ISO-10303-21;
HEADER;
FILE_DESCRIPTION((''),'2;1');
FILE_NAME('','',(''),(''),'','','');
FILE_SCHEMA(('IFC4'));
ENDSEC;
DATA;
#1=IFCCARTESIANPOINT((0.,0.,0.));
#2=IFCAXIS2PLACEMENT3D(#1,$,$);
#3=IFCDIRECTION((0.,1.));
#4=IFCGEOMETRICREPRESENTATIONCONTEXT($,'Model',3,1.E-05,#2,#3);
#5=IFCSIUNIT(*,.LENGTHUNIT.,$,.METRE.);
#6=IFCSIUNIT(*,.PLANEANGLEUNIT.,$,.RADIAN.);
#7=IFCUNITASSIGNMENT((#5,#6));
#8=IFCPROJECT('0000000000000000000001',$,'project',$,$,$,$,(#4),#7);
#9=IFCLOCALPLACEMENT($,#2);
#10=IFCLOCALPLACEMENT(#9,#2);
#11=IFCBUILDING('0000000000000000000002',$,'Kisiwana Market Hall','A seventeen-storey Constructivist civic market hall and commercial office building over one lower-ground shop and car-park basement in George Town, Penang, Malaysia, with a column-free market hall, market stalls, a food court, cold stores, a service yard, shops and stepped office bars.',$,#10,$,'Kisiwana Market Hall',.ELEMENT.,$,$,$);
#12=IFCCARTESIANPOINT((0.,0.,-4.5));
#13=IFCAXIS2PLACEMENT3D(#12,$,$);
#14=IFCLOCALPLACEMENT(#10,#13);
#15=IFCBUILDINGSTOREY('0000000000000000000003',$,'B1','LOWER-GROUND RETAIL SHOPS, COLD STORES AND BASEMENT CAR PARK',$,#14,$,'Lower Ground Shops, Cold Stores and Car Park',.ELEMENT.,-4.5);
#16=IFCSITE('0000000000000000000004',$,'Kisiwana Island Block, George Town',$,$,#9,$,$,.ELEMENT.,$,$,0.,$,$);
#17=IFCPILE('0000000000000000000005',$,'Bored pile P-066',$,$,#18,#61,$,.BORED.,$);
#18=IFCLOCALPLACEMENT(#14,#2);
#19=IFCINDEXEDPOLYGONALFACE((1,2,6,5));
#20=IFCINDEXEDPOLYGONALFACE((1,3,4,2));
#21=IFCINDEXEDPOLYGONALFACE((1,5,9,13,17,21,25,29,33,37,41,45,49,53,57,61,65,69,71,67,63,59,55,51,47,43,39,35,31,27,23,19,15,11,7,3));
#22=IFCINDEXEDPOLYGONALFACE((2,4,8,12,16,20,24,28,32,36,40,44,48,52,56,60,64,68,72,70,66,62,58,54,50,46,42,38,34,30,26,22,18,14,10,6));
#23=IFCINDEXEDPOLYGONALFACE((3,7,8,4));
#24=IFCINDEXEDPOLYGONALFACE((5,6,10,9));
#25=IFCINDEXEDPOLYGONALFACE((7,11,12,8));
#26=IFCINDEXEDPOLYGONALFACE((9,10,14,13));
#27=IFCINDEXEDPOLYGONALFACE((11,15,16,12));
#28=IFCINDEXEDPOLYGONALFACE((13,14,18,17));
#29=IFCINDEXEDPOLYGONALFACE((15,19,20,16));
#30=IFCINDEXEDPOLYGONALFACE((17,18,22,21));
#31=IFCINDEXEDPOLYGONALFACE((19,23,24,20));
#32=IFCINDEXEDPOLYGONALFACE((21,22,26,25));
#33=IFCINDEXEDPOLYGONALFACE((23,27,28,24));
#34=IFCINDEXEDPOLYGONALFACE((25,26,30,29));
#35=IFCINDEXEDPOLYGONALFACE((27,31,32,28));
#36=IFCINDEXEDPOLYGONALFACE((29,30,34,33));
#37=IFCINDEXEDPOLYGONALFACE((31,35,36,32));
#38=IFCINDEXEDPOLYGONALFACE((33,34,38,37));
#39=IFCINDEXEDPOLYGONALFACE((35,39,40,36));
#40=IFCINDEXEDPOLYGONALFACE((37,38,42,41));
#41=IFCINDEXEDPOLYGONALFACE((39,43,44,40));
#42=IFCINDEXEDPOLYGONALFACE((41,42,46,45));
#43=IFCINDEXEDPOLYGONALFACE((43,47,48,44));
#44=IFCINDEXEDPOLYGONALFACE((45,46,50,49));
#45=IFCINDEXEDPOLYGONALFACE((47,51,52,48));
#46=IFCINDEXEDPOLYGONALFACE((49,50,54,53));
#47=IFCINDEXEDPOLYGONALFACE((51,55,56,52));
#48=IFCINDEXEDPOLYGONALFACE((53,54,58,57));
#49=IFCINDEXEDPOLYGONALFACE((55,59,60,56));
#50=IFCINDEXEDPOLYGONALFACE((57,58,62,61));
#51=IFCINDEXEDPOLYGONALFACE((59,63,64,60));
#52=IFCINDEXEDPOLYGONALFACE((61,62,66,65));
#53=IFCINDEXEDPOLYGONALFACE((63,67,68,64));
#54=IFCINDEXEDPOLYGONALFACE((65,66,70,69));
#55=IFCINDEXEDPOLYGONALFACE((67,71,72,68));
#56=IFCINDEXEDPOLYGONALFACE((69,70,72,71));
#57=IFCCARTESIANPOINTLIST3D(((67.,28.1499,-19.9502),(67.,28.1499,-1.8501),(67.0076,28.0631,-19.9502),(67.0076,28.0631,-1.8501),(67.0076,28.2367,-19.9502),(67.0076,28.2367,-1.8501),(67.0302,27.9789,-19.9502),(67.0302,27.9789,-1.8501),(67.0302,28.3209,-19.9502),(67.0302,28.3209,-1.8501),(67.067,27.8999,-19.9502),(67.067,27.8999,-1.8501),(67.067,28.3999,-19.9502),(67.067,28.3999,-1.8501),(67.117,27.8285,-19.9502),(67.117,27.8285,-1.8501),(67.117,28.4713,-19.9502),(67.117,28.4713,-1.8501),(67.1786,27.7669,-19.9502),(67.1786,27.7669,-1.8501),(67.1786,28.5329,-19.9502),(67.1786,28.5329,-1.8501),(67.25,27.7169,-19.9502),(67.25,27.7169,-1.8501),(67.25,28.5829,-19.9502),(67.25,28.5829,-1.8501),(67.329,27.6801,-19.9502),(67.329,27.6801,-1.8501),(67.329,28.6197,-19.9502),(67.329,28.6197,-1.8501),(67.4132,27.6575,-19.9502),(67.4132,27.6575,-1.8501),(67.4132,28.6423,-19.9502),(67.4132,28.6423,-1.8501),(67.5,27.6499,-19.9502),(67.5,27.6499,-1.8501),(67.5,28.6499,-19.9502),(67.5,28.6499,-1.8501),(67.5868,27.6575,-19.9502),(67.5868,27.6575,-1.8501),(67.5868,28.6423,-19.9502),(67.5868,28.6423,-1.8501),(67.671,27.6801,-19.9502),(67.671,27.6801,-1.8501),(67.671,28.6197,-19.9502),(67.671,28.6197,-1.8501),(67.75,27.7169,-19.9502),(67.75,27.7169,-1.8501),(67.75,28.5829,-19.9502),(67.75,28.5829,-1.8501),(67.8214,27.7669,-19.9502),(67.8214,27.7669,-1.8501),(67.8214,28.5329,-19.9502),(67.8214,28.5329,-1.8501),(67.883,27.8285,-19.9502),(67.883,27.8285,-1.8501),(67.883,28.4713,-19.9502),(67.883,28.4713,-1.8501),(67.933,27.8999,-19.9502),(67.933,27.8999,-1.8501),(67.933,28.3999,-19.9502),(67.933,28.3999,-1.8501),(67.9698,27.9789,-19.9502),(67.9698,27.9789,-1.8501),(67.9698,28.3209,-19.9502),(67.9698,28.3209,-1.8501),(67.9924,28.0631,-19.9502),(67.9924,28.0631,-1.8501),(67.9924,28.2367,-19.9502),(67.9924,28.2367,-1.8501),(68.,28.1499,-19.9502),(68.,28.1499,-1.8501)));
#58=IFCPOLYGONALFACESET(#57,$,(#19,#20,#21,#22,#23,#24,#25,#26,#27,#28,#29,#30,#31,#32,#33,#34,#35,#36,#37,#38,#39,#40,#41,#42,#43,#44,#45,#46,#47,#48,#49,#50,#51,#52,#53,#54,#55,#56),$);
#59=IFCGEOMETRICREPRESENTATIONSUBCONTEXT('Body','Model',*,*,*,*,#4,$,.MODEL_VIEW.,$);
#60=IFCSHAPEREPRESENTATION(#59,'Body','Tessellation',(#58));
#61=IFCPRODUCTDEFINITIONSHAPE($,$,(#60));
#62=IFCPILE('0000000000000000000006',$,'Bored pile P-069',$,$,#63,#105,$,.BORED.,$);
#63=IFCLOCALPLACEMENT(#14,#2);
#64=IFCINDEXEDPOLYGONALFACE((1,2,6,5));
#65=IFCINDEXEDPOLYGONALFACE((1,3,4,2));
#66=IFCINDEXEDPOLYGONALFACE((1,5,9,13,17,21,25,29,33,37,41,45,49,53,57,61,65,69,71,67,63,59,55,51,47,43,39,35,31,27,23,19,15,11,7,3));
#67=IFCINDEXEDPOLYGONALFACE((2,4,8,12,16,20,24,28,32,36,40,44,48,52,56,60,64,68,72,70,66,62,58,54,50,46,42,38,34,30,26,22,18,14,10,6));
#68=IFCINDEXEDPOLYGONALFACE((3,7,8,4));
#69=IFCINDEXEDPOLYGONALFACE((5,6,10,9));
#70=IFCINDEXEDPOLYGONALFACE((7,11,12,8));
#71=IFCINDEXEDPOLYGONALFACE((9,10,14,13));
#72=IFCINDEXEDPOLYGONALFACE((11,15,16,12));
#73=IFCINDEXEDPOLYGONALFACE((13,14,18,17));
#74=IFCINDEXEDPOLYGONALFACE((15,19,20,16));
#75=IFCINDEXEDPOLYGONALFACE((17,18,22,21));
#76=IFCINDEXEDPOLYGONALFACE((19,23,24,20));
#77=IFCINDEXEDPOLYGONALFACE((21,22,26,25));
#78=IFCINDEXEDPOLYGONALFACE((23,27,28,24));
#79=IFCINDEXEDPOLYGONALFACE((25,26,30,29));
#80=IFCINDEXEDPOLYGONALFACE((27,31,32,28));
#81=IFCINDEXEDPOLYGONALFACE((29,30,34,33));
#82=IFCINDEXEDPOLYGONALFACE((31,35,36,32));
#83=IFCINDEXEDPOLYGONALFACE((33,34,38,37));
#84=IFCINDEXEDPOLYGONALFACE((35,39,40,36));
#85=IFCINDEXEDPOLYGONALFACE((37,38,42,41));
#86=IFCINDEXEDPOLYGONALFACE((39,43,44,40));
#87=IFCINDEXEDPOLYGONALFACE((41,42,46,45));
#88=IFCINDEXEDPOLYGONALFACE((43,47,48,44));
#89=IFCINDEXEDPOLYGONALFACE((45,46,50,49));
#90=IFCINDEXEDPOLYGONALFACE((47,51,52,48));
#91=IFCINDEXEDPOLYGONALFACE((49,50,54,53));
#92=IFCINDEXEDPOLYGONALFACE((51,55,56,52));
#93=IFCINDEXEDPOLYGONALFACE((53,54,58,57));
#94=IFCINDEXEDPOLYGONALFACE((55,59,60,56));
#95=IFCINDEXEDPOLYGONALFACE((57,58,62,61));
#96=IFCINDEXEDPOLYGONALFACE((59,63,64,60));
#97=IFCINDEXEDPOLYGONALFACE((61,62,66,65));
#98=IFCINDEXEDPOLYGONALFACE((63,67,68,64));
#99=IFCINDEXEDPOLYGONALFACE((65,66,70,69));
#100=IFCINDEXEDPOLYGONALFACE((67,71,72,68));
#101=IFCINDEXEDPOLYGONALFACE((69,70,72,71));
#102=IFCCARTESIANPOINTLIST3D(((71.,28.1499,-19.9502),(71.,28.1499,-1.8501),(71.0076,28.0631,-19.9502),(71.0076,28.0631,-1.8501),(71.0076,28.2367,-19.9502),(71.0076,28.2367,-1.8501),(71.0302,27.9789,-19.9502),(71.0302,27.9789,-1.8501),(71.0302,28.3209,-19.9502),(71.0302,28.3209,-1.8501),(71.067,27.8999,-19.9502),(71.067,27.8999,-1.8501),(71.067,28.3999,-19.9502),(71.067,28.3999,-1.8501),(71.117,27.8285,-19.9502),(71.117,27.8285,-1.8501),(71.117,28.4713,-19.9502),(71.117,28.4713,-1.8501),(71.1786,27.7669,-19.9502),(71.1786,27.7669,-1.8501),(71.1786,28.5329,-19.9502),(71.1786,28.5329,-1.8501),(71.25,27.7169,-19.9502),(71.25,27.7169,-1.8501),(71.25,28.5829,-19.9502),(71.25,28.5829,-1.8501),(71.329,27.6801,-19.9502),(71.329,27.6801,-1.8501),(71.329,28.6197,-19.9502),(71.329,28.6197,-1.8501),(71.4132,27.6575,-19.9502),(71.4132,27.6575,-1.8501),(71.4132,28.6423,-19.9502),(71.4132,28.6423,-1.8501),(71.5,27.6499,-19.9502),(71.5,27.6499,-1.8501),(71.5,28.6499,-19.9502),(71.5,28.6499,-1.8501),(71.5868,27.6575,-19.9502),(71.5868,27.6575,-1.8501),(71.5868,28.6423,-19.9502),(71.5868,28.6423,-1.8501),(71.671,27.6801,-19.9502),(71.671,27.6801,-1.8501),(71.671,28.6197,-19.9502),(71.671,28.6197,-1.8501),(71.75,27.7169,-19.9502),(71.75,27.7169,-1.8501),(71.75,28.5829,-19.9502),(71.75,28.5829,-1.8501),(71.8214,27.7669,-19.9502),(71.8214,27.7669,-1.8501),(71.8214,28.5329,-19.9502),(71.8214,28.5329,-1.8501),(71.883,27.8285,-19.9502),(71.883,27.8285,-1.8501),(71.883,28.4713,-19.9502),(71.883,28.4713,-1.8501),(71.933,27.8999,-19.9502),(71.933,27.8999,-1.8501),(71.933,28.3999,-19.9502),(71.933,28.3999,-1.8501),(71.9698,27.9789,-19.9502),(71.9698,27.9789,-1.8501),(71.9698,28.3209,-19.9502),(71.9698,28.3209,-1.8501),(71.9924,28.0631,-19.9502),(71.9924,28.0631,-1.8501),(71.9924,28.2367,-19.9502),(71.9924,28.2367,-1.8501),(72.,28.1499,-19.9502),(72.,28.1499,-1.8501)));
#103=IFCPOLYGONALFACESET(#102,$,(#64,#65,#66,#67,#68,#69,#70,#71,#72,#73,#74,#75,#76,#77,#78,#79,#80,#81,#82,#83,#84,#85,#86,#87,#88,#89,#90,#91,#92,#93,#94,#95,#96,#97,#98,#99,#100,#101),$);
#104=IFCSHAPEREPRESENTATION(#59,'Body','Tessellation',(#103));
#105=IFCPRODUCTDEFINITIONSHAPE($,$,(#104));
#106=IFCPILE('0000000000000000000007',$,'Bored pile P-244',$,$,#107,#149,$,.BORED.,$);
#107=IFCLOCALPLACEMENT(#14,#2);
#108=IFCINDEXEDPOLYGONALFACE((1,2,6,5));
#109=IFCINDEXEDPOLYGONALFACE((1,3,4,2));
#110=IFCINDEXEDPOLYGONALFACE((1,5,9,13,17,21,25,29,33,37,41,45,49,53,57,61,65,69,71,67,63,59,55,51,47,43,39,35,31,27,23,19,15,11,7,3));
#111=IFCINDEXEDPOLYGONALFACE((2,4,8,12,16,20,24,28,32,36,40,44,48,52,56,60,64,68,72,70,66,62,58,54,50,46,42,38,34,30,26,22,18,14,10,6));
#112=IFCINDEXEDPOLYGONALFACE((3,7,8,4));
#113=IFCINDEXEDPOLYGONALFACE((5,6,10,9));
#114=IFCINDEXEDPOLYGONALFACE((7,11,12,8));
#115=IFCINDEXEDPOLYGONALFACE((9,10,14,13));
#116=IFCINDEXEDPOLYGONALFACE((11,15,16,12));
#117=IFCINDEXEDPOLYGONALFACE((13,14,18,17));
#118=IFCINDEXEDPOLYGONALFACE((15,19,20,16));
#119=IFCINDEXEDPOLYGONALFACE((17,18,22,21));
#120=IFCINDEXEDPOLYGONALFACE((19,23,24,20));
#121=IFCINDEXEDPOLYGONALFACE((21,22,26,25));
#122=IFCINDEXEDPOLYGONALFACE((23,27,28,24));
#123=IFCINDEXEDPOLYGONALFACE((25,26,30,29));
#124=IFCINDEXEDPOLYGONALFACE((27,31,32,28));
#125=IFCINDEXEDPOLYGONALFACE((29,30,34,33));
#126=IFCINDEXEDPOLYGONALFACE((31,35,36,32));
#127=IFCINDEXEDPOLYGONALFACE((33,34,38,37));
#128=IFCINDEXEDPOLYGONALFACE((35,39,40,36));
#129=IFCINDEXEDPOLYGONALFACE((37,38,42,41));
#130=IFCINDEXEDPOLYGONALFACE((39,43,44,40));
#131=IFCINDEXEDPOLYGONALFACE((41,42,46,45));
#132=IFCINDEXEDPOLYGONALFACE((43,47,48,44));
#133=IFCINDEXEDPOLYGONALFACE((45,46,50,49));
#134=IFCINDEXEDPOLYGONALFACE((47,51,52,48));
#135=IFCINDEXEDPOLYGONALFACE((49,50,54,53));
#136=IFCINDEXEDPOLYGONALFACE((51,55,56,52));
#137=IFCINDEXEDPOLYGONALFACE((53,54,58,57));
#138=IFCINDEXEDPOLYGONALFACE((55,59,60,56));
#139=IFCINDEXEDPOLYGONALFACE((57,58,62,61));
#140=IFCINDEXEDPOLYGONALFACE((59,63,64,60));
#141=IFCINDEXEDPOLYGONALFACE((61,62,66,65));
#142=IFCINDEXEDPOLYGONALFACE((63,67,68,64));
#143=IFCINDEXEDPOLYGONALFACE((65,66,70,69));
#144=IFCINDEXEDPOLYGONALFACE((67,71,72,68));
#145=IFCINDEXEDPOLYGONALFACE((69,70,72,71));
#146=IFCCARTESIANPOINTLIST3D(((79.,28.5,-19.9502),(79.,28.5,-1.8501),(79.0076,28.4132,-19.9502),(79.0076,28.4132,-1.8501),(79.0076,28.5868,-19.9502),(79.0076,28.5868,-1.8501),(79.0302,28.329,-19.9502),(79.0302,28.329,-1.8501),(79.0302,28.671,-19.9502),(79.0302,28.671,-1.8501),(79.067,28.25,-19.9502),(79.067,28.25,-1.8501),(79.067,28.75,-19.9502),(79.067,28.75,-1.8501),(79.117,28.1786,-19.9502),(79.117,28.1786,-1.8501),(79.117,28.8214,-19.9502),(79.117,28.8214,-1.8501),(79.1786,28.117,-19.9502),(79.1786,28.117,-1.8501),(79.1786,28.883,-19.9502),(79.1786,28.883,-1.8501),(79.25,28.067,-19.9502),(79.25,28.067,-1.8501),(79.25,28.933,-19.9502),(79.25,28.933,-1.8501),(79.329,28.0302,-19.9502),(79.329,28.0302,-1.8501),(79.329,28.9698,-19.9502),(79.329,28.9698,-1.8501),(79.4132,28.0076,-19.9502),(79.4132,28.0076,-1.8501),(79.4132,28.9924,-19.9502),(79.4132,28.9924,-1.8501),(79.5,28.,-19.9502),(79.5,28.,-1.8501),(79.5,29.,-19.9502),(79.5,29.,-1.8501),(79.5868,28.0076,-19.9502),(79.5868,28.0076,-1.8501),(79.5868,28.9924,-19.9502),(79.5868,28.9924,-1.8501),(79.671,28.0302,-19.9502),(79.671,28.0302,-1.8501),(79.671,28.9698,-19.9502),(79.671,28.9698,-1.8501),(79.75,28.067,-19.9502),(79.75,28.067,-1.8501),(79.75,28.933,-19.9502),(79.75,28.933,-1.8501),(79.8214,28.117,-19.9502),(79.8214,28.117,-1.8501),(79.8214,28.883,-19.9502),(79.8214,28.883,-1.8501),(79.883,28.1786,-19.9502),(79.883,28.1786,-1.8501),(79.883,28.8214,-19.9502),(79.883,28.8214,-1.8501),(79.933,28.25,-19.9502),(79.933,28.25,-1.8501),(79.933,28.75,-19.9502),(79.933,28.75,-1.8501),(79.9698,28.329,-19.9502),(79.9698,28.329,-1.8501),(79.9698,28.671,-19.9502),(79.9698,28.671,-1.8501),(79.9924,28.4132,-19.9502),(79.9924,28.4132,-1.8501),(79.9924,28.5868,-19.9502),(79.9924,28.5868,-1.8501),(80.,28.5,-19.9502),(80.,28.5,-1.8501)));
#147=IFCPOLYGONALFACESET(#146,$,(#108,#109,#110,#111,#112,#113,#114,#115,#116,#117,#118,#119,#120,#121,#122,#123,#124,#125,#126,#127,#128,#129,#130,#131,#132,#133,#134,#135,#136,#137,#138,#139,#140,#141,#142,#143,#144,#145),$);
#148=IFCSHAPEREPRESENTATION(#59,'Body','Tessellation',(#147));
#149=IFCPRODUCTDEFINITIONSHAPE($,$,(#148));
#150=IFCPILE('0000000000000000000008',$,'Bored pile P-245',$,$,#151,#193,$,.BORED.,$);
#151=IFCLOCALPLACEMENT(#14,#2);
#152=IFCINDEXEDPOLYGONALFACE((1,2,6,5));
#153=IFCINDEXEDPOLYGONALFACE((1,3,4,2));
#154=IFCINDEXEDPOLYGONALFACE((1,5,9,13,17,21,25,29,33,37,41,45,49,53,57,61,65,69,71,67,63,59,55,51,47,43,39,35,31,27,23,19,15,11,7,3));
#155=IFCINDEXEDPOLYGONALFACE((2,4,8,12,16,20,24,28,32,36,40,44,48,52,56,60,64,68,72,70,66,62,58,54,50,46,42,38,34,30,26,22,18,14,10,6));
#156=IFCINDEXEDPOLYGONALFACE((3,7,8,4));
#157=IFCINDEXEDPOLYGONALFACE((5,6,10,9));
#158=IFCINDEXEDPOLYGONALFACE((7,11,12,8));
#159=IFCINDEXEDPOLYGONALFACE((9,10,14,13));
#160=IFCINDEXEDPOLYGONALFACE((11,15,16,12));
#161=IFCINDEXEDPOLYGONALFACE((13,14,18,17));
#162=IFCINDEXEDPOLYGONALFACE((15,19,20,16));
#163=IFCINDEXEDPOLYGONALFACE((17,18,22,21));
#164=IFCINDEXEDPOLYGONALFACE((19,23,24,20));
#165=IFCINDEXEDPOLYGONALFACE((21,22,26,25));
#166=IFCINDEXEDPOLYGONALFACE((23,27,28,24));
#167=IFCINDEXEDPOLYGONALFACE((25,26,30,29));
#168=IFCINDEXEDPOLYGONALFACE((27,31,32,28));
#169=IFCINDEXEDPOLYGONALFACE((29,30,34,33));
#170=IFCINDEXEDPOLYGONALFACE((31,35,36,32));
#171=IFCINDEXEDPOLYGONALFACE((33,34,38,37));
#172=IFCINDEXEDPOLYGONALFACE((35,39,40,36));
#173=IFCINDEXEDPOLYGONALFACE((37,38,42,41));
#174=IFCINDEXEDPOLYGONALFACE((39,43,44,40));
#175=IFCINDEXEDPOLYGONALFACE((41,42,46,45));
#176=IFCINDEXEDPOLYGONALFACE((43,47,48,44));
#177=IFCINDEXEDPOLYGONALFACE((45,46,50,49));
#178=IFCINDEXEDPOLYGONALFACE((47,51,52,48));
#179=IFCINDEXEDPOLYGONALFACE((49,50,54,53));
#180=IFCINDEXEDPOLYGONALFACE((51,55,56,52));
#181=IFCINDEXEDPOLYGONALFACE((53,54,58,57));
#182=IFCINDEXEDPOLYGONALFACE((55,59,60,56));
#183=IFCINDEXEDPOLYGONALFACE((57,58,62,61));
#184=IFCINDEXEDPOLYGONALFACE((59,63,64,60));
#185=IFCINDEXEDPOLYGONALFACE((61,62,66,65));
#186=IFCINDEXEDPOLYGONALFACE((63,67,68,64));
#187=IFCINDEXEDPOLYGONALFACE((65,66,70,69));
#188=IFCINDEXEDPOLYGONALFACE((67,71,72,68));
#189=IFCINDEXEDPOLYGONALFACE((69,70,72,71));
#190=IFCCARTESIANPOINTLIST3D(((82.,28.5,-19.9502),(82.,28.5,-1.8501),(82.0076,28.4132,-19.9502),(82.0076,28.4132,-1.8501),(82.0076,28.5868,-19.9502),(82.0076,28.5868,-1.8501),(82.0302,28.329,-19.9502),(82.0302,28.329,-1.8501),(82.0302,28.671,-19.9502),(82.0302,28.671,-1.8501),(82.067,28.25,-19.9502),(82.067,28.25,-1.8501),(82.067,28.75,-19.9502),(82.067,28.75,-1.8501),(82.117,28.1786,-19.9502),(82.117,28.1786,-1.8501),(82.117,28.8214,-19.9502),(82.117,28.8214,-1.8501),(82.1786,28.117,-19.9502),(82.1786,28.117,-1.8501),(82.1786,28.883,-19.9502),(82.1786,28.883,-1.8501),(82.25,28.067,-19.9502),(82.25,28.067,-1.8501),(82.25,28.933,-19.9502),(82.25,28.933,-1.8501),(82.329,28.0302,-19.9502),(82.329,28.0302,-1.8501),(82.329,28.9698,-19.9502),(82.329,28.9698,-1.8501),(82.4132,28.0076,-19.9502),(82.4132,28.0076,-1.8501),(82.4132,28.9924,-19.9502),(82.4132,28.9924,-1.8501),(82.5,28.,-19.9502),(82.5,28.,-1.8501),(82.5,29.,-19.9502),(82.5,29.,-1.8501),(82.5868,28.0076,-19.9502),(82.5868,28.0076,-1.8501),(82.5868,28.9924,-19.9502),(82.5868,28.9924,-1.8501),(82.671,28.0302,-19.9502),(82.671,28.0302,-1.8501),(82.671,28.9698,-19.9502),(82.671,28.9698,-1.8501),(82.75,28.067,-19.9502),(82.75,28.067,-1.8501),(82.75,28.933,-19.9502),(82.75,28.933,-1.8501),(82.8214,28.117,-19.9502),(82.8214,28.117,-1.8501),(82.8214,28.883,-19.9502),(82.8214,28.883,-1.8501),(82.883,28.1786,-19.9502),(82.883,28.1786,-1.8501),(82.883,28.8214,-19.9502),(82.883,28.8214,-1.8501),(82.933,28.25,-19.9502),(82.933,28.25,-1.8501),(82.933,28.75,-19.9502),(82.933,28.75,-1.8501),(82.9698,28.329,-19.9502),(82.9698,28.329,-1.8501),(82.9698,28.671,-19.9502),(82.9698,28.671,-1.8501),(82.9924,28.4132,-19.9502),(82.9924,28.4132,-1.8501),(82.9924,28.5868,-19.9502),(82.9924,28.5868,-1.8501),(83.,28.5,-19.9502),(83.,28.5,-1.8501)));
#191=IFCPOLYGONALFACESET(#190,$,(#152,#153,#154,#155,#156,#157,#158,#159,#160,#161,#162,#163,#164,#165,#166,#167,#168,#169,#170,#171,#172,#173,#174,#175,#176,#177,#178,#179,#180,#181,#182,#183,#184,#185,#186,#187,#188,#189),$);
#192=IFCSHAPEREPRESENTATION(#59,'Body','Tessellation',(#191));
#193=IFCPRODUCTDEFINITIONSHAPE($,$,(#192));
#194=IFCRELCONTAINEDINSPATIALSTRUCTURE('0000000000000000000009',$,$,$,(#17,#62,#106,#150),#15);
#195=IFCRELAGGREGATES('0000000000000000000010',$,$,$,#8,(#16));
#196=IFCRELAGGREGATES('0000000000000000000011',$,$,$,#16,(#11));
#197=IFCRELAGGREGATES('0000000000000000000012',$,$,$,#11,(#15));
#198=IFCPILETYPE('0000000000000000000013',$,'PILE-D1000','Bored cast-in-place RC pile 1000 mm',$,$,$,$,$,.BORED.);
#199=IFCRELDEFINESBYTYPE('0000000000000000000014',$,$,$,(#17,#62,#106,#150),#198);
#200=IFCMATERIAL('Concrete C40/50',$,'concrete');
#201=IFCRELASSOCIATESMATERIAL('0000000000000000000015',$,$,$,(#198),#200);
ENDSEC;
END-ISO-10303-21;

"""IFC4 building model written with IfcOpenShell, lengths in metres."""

from ifc_helpers import new_model, si_unit, direction, frame, origin, origin_2d, place, context, subcontext, project, spatial, circle, extrude, material, material_profile, profile_set, type_object, element, save


model = new_model("IFC4")

# Units and contexts
model_context = context("Model", 3, precision=1e-05, world=origin(), true_north=direction((0.0, 1.0)))
body_context = subcontext(model_context, "Body", "Model", "MODEL_VIEW")
ifc_project = project(units=[si_unit("LENGTHUNIT", "METRE"), si_unit("PLANEANGLEUNIT", "RADIAN")], contexts=[model_context])

# Site, building, storey
site_placement = place(None, origin())
site = spatial("IfcSite", under=ifc_project, at=site_placement, Name="Kisiwana Island Block, George Town", CompositionType="ELEMENT", RefElevation=0.0)
building_placement = place(site_placement, origin())
building = spatial("IfcBuilding", under=site, at=building_placement, Name="Kisiwana Market Hall", Description="A seventeen-storey Constructivist civic market hall and commercial office building over one lower-ground shop and car-park basement in George Town, Penang, Malaysia, with a column-free market hall, market stalls, a food court, cold stores, a service yard, shops and stepped office bars.", LongName="Kisiwana Market Hall", CompositionType="ELEMENT")
storey_placement = place(building_placement, frame((0.0, 0.0, -4.5)))
storey = spatial("IfcBuildingStorey", under=building, at=storey_placement, Name="B1", Description="LOWER-GROUND RETAIL SHOPS, COLD STORES AND BASEMENT CAR PARK", LongName="Lower Ground Shops, Cold Stores and Car Park", CompositionType="ELEMENT", Elevation=-4.5)

# Piles
ifc_material_1 = material(Name="Concrete C40/50", Category="concrete")
ifc_material_profile_1 = material_profile(ifc_material_1, circle(Radius=0.5, at=origin_2d()), Name="BP D1000")
ifc_profile_set_1 = profile_set([ifc_material_profile_1], Name="Concrete C40/50")
pile_type_1 = type_object("IfcPileType", Name="PILE-D1000", Description="Bored cast-in-place RC pile 1000 mm", PredefinedType="BORED", material=ifc_profile_set_1)
for number, where, z_axis, x_axis, name in (
    (1, (67.5, 28.1499, -1.8501), (0.0, 0.0, -1.0), (1.0, 0.0, 0.0), "Bored pile P-066"),
    (2, (71.5, 28.1499, -1.8501), (0.0, 0.0, -1.0), (1.0, 0.0, 0.0), "Bored pile P-069"),
    (3, (79.5, 28.5, -1.8501), (0.0, 0.0, -1.0), (1.0, 0.0, 0.0), "Bored pile P-244"),
    (4, (82.5, 28.5, -1.8501), (0.0, 0.0, -1.0), (1.0, 0.0, 0.0), "Bored pile P-245"),
):
    element("IfcPile", number, at=place(storey_placement, frame(where, z_axis=z_axis, x_axis=x_axis)), inside=storey, type_object=pile_type_1, Name=name, PredefinedType="BORED", context=body_context, shape_type="SweptSolid", body=[
        extrude(circle(Radius=0.5, at=origin_2d()), origin(), (0.0, 0.0, 1.0), 18.1001),
    ])

save(model, "model.ifc")
